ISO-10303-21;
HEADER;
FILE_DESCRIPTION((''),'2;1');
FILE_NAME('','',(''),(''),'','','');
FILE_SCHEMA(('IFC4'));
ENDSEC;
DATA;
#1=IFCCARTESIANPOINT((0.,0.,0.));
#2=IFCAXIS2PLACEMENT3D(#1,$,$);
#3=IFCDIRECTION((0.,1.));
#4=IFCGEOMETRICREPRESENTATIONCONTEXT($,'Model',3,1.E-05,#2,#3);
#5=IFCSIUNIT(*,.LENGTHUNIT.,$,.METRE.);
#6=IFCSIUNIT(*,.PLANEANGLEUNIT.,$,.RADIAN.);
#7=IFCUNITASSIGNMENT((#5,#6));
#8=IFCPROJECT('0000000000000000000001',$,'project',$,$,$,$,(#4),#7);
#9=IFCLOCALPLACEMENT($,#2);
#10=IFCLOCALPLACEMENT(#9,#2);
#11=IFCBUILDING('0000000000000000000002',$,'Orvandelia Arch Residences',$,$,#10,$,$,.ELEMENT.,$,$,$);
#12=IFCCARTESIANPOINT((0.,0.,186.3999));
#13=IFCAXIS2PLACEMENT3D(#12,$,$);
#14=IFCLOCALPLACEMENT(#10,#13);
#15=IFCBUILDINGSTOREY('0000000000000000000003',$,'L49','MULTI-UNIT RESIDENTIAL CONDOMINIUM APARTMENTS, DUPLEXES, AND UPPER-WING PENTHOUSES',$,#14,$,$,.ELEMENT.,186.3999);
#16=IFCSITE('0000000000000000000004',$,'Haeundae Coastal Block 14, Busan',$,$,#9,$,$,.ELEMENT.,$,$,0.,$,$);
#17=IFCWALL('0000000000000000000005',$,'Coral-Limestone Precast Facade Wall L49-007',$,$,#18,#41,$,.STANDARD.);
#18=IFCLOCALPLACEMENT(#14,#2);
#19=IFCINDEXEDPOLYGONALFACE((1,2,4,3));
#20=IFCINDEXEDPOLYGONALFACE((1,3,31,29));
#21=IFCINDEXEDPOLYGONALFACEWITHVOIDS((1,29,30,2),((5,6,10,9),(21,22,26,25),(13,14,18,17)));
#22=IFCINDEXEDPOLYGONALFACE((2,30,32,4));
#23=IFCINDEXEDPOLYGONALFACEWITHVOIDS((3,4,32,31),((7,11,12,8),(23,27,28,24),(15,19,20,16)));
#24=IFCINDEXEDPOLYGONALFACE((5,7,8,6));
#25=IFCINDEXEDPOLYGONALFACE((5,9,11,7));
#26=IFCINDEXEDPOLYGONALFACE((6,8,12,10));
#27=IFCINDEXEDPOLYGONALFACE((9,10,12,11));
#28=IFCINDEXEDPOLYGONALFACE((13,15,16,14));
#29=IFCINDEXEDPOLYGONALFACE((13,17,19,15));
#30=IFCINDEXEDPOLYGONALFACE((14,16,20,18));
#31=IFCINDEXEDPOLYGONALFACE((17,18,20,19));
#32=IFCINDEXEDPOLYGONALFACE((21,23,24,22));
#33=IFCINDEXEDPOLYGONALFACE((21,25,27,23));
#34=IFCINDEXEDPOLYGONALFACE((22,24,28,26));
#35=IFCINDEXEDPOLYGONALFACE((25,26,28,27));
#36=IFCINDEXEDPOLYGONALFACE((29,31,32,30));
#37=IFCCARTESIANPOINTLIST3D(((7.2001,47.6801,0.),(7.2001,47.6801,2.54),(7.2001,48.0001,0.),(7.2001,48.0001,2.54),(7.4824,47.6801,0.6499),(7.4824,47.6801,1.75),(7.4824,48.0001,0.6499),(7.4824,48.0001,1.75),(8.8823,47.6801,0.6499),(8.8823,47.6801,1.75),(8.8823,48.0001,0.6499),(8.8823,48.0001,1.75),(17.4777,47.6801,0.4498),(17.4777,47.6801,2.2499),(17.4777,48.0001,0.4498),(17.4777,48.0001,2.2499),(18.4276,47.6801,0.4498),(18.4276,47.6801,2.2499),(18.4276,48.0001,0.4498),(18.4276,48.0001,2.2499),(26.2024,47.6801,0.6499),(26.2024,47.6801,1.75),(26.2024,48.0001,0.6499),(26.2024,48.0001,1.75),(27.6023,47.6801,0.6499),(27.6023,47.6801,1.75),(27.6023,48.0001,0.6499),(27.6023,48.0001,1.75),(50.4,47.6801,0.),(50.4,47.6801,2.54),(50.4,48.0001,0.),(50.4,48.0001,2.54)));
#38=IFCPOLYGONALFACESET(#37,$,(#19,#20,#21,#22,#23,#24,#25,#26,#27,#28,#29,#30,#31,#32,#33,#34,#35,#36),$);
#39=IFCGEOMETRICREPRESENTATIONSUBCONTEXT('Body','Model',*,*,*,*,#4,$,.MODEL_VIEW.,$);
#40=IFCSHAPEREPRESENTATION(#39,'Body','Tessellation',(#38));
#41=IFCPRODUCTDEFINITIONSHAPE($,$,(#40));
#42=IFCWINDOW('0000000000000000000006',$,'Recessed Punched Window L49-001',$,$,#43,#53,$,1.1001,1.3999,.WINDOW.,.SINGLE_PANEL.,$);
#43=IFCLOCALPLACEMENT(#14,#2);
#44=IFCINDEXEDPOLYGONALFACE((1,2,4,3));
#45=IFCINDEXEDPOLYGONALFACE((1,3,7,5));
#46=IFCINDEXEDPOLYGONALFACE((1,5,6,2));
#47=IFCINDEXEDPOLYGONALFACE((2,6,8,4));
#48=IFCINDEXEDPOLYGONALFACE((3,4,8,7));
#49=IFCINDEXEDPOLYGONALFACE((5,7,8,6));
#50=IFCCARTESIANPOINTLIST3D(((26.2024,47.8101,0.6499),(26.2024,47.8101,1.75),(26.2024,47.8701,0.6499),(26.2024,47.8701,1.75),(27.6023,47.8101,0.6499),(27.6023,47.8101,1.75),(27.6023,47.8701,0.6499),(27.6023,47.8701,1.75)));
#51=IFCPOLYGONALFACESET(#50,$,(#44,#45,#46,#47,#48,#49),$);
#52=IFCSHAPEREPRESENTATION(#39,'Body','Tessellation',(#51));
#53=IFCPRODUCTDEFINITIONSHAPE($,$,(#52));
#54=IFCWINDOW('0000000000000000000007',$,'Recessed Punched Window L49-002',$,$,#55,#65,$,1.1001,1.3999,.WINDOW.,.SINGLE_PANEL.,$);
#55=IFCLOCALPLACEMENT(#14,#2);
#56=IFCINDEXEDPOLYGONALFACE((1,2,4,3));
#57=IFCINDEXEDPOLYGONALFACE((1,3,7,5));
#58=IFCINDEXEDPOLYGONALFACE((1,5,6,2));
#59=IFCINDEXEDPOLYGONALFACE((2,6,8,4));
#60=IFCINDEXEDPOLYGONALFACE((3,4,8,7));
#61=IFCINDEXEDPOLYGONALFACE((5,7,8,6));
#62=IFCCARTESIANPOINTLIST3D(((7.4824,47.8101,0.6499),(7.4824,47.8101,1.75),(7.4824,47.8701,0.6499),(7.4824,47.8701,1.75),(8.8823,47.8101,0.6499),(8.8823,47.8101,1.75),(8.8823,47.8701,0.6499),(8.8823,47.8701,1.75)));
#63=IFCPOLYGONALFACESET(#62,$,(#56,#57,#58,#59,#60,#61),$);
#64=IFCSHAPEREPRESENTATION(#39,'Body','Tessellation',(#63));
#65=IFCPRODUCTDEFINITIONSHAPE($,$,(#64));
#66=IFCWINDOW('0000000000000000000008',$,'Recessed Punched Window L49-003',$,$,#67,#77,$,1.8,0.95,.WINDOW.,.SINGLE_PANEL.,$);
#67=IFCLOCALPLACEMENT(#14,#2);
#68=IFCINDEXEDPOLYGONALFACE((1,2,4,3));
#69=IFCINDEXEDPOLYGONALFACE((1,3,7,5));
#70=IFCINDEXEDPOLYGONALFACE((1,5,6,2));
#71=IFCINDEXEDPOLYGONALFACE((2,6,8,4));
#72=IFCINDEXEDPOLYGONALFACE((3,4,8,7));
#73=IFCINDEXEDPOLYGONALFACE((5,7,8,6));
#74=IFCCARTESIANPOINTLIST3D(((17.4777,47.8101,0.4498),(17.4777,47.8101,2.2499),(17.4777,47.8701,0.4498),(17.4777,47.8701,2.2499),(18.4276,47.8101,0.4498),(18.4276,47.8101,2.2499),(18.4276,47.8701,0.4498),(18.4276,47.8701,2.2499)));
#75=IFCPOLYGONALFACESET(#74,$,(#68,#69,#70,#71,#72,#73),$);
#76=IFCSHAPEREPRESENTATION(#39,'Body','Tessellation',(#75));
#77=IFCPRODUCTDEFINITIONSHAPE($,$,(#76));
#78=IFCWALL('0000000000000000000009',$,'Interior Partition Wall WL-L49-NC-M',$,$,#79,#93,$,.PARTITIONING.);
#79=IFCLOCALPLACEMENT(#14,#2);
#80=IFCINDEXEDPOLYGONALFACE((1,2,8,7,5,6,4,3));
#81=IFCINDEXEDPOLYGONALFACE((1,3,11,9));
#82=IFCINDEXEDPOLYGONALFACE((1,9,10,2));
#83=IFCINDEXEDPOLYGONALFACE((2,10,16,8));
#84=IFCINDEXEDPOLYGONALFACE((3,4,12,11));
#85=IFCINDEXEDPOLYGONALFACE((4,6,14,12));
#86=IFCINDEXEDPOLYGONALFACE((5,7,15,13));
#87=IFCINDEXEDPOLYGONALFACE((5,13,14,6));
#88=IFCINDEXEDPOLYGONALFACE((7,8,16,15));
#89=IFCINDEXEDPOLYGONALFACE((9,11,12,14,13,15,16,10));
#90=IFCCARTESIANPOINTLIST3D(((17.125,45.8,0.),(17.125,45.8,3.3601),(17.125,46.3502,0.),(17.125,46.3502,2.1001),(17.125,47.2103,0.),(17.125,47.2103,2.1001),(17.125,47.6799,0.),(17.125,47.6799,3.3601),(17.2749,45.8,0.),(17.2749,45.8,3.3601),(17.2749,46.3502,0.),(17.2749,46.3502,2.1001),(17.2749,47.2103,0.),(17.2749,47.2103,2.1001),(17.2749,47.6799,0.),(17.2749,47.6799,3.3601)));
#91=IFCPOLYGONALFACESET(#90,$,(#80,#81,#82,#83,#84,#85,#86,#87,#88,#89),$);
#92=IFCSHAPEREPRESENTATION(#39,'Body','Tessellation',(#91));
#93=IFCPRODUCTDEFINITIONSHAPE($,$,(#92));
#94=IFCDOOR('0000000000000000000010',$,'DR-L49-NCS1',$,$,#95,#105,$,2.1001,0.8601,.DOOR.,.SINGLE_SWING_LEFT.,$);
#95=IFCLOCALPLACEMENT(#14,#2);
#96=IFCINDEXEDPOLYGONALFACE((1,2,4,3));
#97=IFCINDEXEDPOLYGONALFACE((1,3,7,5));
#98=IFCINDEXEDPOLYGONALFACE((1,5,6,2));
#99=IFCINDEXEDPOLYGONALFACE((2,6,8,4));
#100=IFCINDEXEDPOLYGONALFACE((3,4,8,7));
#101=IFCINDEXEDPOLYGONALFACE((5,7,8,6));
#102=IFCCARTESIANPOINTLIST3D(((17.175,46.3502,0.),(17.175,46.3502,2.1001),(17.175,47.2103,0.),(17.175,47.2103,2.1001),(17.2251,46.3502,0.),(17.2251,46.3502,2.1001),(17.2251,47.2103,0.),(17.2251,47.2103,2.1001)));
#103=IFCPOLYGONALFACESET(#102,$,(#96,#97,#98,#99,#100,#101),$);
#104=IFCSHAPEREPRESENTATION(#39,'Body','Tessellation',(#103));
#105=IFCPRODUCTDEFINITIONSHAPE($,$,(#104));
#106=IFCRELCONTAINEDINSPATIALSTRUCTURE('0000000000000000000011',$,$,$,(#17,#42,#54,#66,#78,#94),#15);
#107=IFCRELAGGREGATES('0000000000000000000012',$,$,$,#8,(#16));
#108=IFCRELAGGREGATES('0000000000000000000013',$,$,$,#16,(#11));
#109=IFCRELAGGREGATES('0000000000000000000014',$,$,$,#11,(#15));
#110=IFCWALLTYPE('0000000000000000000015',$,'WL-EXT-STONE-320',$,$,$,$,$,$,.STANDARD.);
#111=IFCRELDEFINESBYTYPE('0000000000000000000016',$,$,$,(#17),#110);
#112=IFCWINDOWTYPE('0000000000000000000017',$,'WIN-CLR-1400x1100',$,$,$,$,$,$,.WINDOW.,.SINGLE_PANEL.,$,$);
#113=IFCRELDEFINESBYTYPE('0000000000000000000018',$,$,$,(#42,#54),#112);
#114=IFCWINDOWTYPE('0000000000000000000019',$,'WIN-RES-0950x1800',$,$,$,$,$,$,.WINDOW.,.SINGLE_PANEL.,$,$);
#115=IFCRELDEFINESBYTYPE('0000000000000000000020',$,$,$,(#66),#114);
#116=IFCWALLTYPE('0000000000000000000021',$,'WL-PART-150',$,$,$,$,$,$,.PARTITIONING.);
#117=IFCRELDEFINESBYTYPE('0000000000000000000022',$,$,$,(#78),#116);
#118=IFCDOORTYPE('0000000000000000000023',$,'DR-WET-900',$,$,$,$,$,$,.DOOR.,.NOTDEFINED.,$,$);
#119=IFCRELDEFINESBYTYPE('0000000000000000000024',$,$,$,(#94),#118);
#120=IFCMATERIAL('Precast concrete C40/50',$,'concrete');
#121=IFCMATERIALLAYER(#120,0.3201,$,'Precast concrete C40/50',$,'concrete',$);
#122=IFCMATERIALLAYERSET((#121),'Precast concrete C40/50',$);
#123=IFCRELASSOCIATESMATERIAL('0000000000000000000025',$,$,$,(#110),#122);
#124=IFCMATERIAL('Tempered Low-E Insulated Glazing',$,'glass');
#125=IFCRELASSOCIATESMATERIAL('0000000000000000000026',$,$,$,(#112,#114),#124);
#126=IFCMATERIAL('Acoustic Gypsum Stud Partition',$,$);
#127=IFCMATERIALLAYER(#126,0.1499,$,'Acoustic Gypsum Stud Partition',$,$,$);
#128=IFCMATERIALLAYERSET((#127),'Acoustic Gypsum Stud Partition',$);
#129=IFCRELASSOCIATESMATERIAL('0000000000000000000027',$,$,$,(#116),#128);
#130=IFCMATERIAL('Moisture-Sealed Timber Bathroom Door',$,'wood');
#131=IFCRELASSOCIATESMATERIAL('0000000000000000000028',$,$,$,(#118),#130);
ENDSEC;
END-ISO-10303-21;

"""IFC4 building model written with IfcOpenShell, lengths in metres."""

from ifc_helpers import new_model, si_unit, direction, frame, frame_2d, origin, place, context, subcontext, project, spatial, rectangle, extrude, material, layer, layer_set, type_object, element, fill, save


model = new_model("IFC4")

# Units and contexts
model_context = context("Model", 3, precision=1e-05, world=origin(), true_north=direction((0.0, 1.0)))
body_context = subcontext(model_context, "Body", "Model", "MODEL_VIEW")
ifc_project = project(units=[si_unit("LENGTHUNIT", "METRE"), si_unit("PLANEANGLEUNIT", "RADIAN")], contexts=[model_context])

# Site, building, storey
site_placement = place(None, origin())
site = spatial("IfcSite", under=ifc_project, at=site_placement, Name="Haeundae Coastal Block 14, Busan", CompositionType="ELEMENT", RefElevation=0.0)
building_placement = place(site_placement, origin())
building = spatial("IfcBuilding", under=site, at=building_placement, Name="Orvandelia Arch Residences", CompositionType="ELEMENT")
storey_placement = place(building_placement, frame((0.0, 0.0, 186.3999)))
storey = spatial("IfcBuildingStorey", under=building, at=storey_placement, Name="L49", Description="MULTI-UNIT RESIDENTIAL CONDOMINIUM APARTMENTS, DUPLEXES, AND UPPER-WING PENTHOUSES", CompositionType="ELEMENT", Elevation=186.3999)

# Wall, openings, windows
ifc_material_1 = material(Name="Precast concrete C40/50", Category="concrete")
ifc_layer_1 = layer(ifc_material_1, 0.3201, Name="Precast concrete C40/50", Category="concrete")
ifc_layer_set_1 = layer_set([ifc_layer_1], Name="Precast concrete C40/50")
wall_type_1 = type_object("IfcWallType", Name="WL-EXT-STONE-320", PredefinedType="STANDARD", material=ifc_layer_set_1)
wall_1_placement = place(storey_placement, frame((7.2, 47.8401, 0.0), z_axis=(0.0, 0.0, 1.0), x_axis=(1.0, 0.0, 0.0)))
wall_1 = element("IfcWall", 1, at=wall_1_placement, inside=storey, type_object=wall_type_1, Name="Coral-Limestone Precast Facade Wall L49-007", PredefinedType="STANDARD", context=body_context, shape_type="SweptSolid", body=[
    extrude(rectangle(XDim=43.2, YDim=0.3201, at=frame_2d((21.6001, 0.0))), origin(), (0.0, 0.0, 1.0), 2.54),
])
opening_1_placement = place(wall_1_placement, frame((19.0024, 0.0, 0.6499)))
opening_1 = element("IfcOpeningElement", 2, at=opening_1_placement, cuts=wall_1, PredefinedType="OPENING", context=body_context, shape_type="SweptSolid", body=[
    extrude(rectangle(XDim=1.3999, YDim=1.1001, at=frame_2d((0.7, 0.55))), frame((0.0, 0.1699, 0.0), z_axis=(0.0, -1.0, 0.0), x_axis=(1.0, 0.0, 0.0)), (0.0, 0.0, 1.0), 0.3401),
])
opening_2_placement = place(wall_1_placement, frame((0.2825, 0.0, 0.6499)))
opening_2 = element("IfcOpeningElement", 3, at=opening_2_placement, cuts=wall_1, PredefinedType="OPENING", context=body_context, shape_type="SweptSolid", body=[
    extrude(rectangle(XDim=1.3999, YDim=1.1001, at=frame_2d((0.7, 0.55))), frame((0.0, 0.1699, 0.0), z_axis=(0.0, -1.0, 0.0), x_axis=(1.0, 0.0, 0.0)), (0.0, 0.0, 1.0), 0.3401),
])
opening_3_placement = place(wall_1_placement, frame((10.2776, 0.0, 0.45)))
opening_3 = element("IfcOpeningElement", 4, at=opening_3_placement, cuts=wall_1, PredefinedType="OPENING", context=body_context, shape_type="SweptSolid", body=[
    extrude(rectangle(XDim=0.95, YDim=1.8, at=frame_2d((0.4751, 0.8999))), frame((0.0, 0.1699, 0.0), z_axis=(0.0, -1.0, 0.0), x_axis=(1.0, 0.0, 0.0)), (0.0, 0.0, 1.0), 0.3401),
])
ifc_material_2 = material(Name="Tempered Low-E Insulated Glazing", Category="glass")
window_type_1 = type_object("IfcWindowType", Name="WIN-CLR-1400x1100", PartitioningType="SINGLE_PANEL", PredefinedType="WINDOW", material=ifc_material_2)
window_1_placement = place(opening_1_placement, origin())
window_1 = element("IfcWindow", 5, at=window_1_placement, inside=storey, type_object=window_type_1, Name="Recessed Punched Window L49-001", OverallHeight=1.1001, OverallWidth=1.3999, PartitioningType="SINGLE_PANEL", PredefinedType="WINDOW", context=body_context, shape_type="SweptSolid", body=[
    extrude(rectangle(XDim=1.3999, YDim=1.1001, at=frame_2d((0.7, 0.55))), frame((0.0, 0.03, 0.0), z_axis=(0.0, -1.0, 0.0), x_axis=(1.0, 0.0, 0.0)), (0.0, 0.0, 1.0), 0.0601),
])
fill(opening_1, window_1)
window_2_placement = place(opening_2_placement, origin())
window_2 = element("IfcWindow", 6, at=window_2_placement, inside=storey, type_object=window_type_1, Name="Recessed Punched Window L49-002", OverallHeight=1.1001, OverallWidth=1.3999, PartitioningType="SINGLE_PANEL", PredefinedType="WINDOW", context=body_context, shape_type="SweptSolid", body=[
    extrude(rectangle(XDim=1.3999, YDim=1.1001, at=frame_2d((0.7, 0.55))), frame((0.0, 0.03, 0.0), z_axis=(0.0, -1.0, 0.0), x_axis=(1.0, 0.0, 0.0)), (0.0, 0.0, 1.0), 0.0601),
])
fill(opening_2, window_2)
window_type_2 = type_object("IfcWindowType", Name="WIN-RES-0950x1800", PartitioningType="SINGLE_PANEL", PredefinedType="WINDOW", material=ifc_material_2)
window_3_placement = place(opening_3_placement, origin())
window_3 = element("IfcWindow", 7, at=window_3_placement, inside=storey, type_object=window_type_2, Name="Recessed Punched Window L49-003", OverallHeight=1.8, OverallWidth=0.95, PartitioningType="SINGLE_PANEL", PredefinedType="WINDOW", context=body_context, shape_type="SweptSolid", body=[
    extrude(rectangle(XDim=0.95, YDim=1.8, at=frame_2d((0.4751, 0.8999))), frame((0.0, 0.03, 0.0), z_axis=(0.0, -1.0, 0.0), x_axis=(1.0, 0.0, 0.0)), (0.0, 0.0, 1.0), 0.0601),
])
fill(opening_3, window_3)

# Wall, opening, door
ifc_material_3 = material(Name="Acoustic Gypsum Stud Partition")
ifc_layer_2 = layer(ifc_material_3, 0.1499, Name="Acoustic Gypsum Stud Partition")
ifc_layer_set_2 = layer_set([ifc_layer_2], Name="Acoustic Gypsum Stud Partition")
wall_type_2 = type_object("IfcWallType", Name="WL-PART-150", PredefinedType="PARTITIONING", material=ifc_layer_set_2)
wall_2_placement = place(storey_placement, frame((17.2, 45.8, 0.0), z_axis=(0.0, 0.0, 1.0), x_axis=(0.0, 1.0, 0.0)))
wall_2 = element("IfcWall", 8, at=wall_2_placement, inside=storey, type_object=wall_type_2, Name="Interior Partition Wall WL-L49-NC-M", PredefinedType="PARTITIONING", context=body_context, shape_type="SweptSolid", body=[
    extrude(rectangle(XDim=1.8799, YDim=0.1499, at=frame_2d((0.9399, 0.0))), origin(), (0.0, 0.0, 1.0), 3.3601),
])
opening_4_placement = place(wall_2_placement, frame((0.55, 0.0, 0.0)))
opening_4 = element("IfcOpeningElement", 9, at=opening_4_placement, cuts=wall_2, PredefinedType="OPENING", context=body_context, shape_type="SweptSolid", body=[
    extrude(rectangle(XDim=0.8601, YDim=2.1001, at=frame_2d((0.4302, 1.05))), frame((0.0, 0.085, 0.0), z_axis=(0.0, -1.0, 0.0), x_axis=(1.0, 0.0, 0.0)), (0.0, 0.0, 1.0), 0.1699),
])
ifc_material_4 = material(Name="Moisture-Sealed Timber Bathroom Door", Category="wood")
door_type_1 = type_object("IfcDoorType", Name="DR-WET-900", OperationType="NOTDEFINED", PredefinedType="DOOR", material=ifc_material_4)
door_1_placement = place(opening_4_placement, origin())
door_1 = element("IfcDoor", 10, at=door_1_placement, inside=storey, type_object=door_type_1, Name="DR-L49-NCS1", OperationType="SINGLE_SWING_LEFT", OverallHeight=2.1001, OverallWidth=0.8601, PredefinedType="DOOR", context=body_context, shape_type="SweptSolid", body=[
    extrude(rectangle(XDim=0.8601, YDim=2.1001, at=frame_2d((0.4302, 1.05))), frame((0.0, 0.0249, 0.0), z_axis=(0.0, -1.0, 0.0), x_axis=(1.0, 0.0, 0.0)), (0.0, 0.0, 1.0), 0.05),
])
fill(opening_4, door_1)

save(model, "model.ifc")
